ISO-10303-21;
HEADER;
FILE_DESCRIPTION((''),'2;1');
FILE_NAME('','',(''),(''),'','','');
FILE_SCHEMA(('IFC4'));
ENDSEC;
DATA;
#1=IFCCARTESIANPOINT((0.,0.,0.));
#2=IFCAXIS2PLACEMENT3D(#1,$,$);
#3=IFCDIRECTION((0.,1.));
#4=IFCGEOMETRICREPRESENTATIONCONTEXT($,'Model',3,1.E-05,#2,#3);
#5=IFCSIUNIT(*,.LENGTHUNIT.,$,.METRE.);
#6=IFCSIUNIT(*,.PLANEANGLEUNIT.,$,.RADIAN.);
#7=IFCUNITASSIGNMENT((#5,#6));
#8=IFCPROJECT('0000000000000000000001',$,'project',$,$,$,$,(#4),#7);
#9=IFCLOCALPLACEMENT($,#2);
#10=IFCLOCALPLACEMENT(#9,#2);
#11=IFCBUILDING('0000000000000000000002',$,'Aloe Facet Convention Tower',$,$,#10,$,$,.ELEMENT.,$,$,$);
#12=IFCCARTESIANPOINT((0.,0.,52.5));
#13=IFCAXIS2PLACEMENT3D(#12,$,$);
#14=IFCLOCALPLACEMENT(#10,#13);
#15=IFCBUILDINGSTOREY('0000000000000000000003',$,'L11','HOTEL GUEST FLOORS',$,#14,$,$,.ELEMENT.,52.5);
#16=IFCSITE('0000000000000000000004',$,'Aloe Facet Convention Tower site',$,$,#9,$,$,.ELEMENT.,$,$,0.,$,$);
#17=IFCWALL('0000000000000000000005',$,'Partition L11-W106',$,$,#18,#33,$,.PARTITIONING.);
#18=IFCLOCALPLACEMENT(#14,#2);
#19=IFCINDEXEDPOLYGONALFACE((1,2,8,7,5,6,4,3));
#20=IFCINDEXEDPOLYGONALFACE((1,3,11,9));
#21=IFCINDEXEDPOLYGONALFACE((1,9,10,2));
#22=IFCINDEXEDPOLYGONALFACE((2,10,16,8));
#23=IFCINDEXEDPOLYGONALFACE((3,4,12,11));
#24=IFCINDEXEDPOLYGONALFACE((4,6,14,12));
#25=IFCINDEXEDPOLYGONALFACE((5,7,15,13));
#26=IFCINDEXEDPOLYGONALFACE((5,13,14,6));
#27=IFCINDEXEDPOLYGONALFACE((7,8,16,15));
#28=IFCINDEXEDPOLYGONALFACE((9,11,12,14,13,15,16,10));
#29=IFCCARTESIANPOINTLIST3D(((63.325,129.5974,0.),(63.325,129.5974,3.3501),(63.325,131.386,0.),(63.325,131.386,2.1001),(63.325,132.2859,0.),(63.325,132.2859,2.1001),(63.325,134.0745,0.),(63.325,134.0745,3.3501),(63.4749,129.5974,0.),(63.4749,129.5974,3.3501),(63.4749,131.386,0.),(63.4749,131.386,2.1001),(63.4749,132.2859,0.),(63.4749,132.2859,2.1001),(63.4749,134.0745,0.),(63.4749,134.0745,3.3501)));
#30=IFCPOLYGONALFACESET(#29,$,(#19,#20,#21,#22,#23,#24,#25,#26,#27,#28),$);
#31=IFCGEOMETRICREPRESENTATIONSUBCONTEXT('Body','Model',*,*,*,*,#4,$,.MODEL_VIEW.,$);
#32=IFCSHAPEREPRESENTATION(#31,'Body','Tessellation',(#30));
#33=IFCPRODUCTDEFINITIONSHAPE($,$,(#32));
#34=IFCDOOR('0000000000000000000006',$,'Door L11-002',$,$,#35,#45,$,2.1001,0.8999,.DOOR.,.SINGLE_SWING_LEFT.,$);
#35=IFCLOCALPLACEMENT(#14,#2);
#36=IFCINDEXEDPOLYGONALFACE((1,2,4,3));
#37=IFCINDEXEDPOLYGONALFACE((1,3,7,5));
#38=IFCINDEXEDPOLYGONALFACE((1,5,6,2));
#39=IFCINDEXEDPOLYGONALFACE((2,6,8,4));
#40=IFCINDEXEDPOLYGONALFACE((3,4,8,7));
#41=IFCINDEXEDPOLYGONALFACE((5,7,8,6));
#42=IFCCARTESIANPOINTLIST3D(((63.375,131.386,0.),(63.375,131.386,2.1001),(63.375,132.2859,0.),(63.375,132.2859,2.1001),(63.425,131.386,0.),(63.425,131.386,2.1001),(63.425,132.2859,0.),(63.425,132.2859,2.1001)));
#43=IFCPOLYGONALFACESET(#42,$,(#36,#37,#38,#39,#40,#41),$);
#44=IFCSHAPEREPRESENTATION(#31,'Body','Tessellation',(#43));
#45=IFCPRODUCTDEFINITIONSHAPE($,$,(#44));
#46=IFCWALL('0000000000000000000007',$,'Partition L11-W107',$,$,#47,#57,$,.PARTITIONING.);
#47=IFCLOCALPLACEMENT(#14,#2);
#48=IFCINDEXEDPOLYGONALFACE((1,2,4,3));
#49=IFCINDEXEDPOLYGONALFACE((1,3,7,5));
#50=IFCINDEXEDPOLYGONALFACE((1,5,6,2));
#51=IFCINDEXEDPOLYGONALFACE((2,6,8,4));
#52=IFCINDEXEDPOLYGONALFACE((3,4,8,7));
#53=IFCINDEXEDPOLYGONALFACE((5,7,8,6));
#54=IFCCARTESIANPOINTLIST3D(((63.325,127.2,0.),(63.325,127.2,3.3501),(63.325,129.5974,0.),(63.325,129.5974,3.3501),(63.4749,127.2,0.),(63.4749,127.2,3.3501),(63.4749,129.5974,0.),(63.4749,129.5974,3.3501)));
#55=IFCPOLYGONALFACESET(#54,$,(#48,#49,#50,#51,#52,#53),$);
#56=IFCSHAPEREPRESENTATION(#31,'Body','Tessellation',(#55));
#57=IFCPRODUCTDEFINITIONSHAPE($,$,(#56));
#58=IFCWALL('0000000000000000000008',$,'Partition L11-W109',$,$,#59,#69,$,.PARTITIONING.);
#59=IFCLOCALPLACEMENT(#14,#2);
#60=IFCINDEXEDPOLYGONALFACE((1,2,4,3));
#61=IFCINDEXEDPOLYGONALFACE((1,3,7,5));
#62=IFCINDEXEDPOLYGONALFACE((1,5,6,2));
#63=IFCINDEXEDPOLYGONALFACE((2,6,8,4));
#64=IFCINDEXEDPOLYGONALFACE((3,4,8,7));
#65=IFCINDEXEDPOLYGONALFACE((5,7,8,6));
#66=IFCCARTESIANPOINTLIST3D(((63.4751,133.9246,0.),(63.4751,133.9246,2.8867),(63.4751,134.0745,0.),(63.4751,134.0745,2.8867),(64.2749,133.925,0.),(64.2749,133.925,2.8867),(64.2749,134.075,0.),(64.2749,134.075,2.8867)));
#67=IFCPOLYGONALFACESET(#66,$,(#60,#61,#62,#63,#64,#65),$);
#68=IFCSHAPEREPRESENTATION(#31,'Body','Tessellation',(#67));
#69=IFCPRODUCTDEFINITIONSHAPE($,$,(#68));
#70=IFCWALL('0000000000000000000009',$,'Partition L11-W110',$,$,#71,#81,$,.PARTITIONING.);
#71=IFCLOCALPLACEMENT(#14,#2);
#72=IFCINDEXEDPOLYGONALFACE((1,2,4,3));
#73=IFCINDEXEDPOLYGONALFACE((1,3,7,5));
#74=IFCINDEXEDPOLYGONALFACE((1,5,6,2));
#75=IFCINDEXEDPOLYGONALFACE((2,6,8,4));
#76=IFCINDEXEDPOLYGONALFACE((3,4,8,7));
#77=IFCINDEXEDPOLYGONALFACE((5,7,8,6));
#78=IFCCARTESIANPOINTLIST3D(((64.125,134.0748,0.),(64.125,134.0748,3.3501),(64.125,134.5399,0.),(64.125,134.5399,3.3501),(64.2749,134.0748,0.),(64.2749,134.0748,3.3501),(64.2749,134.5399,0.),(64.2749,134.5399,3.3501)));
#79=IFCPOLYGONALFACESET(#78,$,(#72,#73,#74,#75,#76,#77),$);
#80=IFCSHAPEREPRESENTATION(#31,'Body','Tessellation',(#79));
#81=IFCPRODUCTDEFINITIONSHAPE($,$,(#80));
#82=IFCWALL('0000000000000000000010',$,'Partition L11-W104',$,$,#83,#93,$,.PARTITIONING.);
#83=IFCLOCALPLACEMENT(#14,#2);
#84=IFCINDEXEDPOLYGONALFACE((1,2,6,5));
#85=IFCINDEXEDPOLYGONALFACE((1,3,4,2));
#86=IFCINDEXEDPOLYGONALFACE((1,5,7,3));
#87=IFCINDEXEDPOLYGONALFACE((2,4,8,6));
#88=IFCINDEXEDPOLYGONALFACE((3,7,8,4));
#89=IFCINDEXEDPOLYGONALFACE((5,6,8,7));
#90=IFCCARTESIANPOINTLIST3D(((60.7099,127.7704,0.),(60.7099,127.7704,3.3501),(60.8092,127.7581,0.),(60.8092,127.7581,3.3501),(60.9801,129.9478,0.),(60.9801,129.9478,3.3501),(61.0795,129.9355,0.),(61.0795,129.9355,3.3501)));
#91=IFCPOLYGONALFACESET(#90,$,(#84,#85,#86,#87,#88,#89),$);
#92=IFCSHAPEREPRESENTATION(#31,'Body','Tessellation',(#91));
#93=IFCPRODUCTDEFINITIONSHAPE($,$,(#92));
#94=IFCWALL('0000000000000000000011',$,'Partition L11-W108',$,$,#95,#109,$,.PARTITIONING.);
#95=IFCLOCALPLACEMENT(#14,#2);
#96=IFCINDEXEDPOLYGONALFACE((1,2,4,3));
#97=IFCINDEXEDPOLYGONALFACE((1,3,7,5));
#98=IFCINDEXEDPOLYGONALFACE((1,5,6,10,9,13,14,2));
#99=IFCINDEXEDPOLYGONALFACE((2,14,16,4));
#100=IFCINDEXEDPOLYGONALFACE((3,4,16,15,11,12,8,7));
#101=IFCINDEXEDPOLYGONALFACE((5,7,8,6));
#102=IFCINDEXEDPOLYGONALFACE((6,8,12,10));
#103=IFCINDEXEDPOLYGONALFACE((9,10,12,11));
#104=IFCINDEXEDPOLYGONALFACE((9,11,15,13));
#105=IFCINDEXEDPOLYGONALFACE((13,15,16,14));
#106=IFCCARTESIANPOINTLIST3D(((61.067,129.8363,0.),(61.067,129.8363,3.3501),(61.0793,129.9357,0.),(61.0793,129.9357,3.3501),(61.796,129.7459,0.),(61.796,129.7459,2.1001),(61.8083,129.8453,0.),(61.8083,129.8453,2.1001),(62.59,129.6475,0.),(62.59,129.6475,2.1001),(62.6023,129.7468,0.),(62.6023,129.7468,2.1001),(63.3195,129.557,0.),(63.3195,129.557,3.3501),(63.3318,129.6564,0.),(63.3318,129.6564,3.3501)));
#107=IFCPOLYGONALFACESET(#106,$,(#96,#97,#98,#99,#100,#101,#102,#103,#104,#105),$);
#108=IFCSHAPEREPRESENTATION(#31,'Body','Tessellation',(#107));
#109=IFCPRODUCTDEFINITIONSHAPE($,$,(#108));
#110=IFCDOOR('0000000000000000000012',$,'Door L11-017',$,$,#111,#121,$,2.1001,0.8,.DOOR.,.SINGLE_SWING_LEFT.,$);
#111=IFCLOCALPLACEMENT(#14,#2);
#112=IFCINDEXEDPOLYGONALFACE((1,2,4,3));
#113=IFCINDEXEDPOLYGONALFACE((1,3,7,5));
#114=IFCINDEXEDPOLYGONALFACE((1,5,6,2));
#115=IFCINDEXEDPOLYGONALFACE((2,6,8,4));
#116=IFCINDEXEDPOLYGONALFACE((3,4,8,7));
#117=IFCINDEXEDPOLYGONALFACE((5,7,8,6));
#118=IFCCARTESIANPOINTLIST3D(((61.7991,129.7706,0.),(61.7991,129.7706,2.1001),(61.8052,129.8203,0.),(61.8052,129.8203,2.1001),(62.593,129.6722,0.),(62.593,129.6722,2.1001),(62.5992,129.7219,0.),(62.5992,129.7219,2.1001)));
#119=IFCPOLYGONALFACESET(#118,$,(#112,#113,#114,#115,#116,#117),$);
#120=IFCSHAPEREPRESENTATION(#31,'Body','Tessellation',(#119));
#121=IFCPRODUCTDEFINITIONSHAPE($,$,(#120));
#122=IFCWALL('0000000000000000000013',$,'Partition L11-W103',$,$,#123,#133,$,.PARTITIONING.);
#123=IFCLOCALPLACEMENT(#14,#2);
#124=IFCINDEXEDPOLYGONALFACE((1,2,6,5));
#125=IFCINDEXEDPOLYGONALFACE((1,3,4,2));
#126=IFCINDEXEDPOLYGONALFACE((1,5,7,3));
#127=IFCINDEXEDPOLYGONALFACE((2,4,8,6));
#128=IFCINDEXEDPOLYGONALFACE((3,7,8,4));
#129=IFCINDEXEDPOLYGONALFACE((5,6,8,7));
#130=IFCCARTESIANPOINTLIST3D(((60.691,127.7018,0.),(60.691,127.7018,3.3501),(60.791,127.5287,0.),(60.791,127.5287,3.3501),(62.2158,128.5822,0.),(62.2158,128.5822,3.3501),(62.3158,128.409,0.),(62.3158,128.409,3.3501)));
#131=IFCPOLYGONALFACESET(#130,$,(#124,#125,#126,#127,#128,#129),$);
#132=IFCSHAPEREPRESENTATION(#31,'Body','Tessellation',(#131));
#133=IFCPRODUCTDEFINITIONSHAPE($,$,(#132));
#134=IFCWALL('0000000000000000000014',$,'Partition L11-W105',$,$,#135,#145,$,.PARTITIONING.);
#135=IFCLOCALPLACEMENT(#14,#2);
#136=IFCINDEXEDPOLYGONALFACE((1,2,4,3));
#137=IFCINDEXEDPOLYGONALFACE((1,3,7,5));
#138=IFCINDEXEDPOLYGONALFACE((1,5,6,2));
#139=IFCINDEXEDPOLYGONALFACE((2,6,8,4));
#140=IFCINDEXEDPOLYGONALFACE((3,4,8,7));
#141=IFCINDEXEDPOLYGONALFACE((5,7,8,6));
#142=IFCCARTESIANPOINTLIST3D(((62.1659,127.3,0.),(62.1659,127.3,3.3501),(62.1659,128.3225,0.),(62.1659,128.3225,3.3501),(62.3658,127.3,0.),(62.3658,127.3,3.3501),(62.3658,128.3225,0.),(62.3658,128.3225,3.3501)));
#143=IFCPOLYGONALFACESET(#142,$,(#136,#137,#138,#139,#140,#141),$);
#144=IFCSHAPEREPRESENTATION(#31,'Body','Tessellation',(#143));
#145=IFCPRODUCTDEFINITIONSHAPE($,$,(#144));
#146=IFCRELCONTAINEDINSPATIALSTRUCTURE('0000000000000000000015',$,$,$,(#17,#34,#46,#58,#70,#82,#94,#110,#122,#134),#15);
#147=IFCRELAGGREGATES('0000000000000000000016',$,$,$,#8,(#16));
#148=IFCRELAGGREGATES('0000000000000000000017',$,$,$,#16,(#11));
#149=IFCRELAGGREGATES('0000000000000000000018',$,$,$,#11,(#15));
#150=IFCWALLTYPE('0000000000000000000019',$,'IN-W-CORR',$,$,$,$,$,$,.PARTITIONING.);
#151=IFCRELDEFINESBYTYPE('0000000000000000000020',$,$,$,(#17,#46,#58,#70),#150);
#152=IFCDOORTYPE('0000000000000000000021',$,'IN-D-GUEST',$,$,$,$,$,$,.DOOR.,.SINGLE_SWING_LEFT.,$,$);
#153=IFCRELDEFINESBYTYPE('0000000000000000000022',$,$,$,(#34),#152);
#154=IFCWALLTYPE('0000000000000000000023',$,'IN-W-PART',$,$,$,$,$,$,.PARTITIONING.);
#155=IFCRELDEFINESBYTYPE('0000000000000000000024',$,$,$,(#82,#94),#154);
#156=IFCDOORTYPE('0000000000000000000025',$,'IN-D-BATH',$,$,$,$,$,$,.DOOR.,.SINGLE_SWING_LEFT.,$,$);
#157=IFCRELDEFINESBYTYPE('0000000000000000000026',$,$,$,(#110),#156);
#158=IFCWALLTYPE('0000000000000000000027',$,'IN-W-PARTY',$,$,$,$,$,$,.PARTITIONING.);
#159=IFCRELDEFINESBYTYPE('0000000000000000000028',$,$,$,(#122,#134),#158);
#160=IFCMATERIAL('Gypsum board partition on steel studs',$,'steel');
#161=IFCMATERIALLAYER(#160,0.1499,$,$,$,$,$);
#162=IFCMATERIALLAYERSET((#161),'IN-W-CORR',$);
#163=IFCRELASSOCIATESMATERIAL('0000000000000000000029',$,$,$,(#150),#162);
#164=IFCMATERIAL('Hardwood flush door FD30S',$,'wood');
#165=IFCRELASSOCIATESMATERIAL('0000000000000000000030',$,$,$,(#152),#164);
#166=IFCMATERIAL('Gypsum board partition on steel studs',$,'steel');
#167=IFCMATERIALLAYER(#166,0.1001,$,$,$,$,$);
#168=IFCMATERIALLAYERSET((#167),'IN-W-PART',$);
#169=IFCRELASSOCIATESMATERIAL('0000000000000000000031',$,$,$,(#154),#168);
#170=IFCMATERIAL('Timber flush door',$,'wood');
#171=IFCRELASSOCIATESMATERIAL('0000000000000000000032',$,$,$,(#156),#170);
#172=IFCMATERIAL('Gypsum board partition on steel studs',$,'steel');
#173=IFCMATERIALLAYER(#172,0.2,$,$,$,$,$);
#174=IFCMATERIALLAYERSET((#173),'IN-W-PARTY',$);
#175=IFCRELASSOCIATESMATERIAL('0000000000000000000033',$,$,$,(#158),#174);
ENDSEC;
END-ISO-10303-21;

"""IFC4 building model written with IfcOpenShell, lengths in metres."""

from ifc_helpers import new_model, si_unit, direction, frame, frame_2d, origin, place, context, subcontext, project, spatial, rectangle, extrude, material, layer, layer_set, type_object, element, fill, save


model = new_model("IFC4")

# Units and contexts
model_context = context("Model", 3, precision=1e-05, world=origin(), true_north=direction((0.0, 1.0)))
body_context = subcontext(model_context, "Body", "Model", "MODEL_VIEW")
ifc_project = project(units=[si_unit("LENGTHUNIT", "METRE"), si_unit("PLANEANGLEUNIT", "RADIAN")], contexts=[model_context])

# Site, building, storey
site_placement = place(None, origin())
site = spatial("IfcSite", under=ifc_project, at=site_placement, Name="Aloe Facet Convention Tower site", CompositionType="ELEMENT", RefElevation=0.0)
building_placement = place(site_placement, origin())
building = spatial("IfcBuilding", under=site, at=building_placement, Name="Aloe Facet Convention Tower", CompositionType="ELEMENT")
storey_placement = place(building_placement, frame((0.0, 0.0, 52.5)))
storey = spatial("IfcBuildingStorey", under=building, at=storey_placement, Name="L11", Description="HOTEL GUEST FLOORS", CompositionType="ELEMENT", Elevation=52.5)

# Wall, opening, door
ifc_material_1 = material(Name="Gypsum board partition on steel studs", Category="steel")
ifc_layer_1 = layer(ifc_material_1, 0.1499)
ifc_layer_set_1 = layer_set([ifc_layer_1], Name="IN-W-CORR")
wall_type_1 = type_object("IfcWallType", Name="IN-W-CORR", PredefinedType="PARTITIONING", material=ifc_layer_set_1)
wall_1_placement = place(storey_placement, frame((63.3999, 129.5974, 0.0), z_axis=(0.0, 0.0, 1.0), x_axis=(0.0, 1.0, 0.0)))
wall_1 = element("IfcWall", 1, at=wall_1_placement, inside=storey, type_object=wall_type_1, Name="Partition L11-W106", PredefinedType="PARTITIONING", context=body_context, shape_type="SweptSolid", body=[
    extrude(rectangle(XDim=4.4771, YDim=0.1499, at=frame_2d((2.2385, 0.0))), origin(), (0.0, 0.0, 1.0), 3.3501),
])
opening_1_placement = place(wall_1_placement, frame((1.7886, 0.0, 0.0)))
opening_1 = element("IfcOpeningElement", 2, at=opening_1_placement, cuts=wall_1, PredefinedType="OPENING", context=body_context, shape_type="SweptSolid", body=[
    extrude(rectangle(XDim=0.8999, YDim=2.1001, at=frame_2d((0.45, 1.05))), frame((0.0, 0.085, 0.0), z_axis=(0.0, -1.0, 0.0), x_axis=(1.0, 0.0, 0.0)), (0.0, 0.0, 1.0), 0.1699),
])
ifc_material_2 = material(Name="Hardwood flush door FD30S", Category="wood")
door_type_1 = type_object("IfcDoorType", Name="IN-D-GUEST", OperationType="SINGLE_SWING_LEFT", PredefinedType="DOOR", material=ifc_material_2)
door_1_placement = place(opening_1_placement, origin())
door_1 = element("IfcDoor", 3, at=door_1_placement, inside=storey, type_object=door_type_1, Name="Door L11-002", OperationType="SINGLE_SWING_LEFT", OverallHeight=2.1001, OverallWidth=0.8999, PredefinedType="DOOR", context=body_context, shape_type="SweptSolid", body=[
    extrude(rectangle(XDim=0.8999, YDim=2.1001, at=frame_2d((0.45, 1.05))), frame((0.0, 0.0249, 0.0), z_axis=(0.0, -1.0, 0.0), x_axis=(1.0, 0.0, 0.0)), (0.0, 0.0, 1.0), 0.05),
])
fill(opening_1, door_1)

# Walls
wall_2_placement = place(storey_placement, frame((63.3999, 127.2, 0.0), z_axis=(0.0, 0.0, 1.0), x_axis=(0.0, 1.0, 0.0)))
element("IfcWall", 4, at=wall_2_placement, inside=storey, type_object=wall_type_1, Name="Partition L11-W107", PredefinedType="PARTITIONING", context=body_context, shape_type="SweptSolid", body=[
    extrude(rectangle(XDim=2.3975, YDim=0.1499, at=frame_2d((1.1987, 0.0))), origin(), (0.0, 0.0, 1.0), 3.3501),
])
wall_3_placement = place(storey_placement, frame((63.4751, 133.9995, 0.0), z_axis=(0.0, 0.0, 1.0), x_axis=(1.0, 0.000611, 0.0)))
element("IfcWall", 5, at=wall_3_placement, inside=storey, type_object=wall_type_1, Name="Partition L11-W109", PredefinedType="PARTITIONING", context=body_context, shape_type="SweptSolid", body=[
    extrude(rectangle(XDim=0.7998, YDim=0.1499, at=frame_2d((0.3999, 0.0))), origin(), (0.0, 0.0, 1.0), 2.8867),
])
wall_4_placement = place(storey_placement, frame((64.2, 134.075, 0.0), z_axis=(0.0, 0.0, 1.0), x_axis=(0.0, 1.0, 0.0)))
element("IfcWall", 6, at=wall_4_placement, inside=storey, type_object=wall_type_1, Name="Partition L11-W110", PredefinedType="PARTITIONING", context=body_context, shape_type="SweptSolid", body=[
    extrude(rectangle(XDim=0.4651, YDim=0.1499, at=frame_2d((0.2324, 0.0))), origin(), (0.0, 0.0, 1.0), 3.3501),
])
ifc_material_3 = material(Name="Gypsum board partition on steel studs", Category="steel")
ifc_layer_2 = layer(ifc_material_3, 0.1001)
ifc_layer_set_2 = layer_set([ifc_layer_2], Name="IN-W-PART")
wall_type_2 = type_object("IfcWallType", Name="IN-W-PART", PredefinedType="PARTITIONING", material=ifc_layer_set_2)
wall_5_placement = place(storey_placement, frame((60.7595, 127.7642, 0.0), z_axis=(0.0, 0.0, 1.0), x_axis=(0.123172, 0.992385, 0.0)))
element("IfcWall", 7, at=wall_5_placement, inside=storey, type_object=wall_type_2, Name="Partition L11-W104", PredefinedType="PARTITIONING", context=body_context, shape_type="SweptSolid", body=[
    extrude(rectangle(XDim=2.1941, YDim=0.1001, at=frame_2d((1.0972, 0.0))), origin(), (0.0, 0.0, 1.0), 3.3501),
])

# Wall, opening, door
wall_6_placement = place(storey_placement, frame((61.0732, 129.886, 0.0), z_axis=(0.0, 0.0, 1.0), x_axis=(0.9924, -0.123055, 0.0)))
wall_6 = element("IfcWall", 8, at=wall_6_placement, inside=storey, type_object=wall_type_2, Name="Partition L11-W108", PredefinedType="PARTITIONING", context=body_context, shape_type="SweptSolid", body=[
    extrude(rectangle(XDim=2.2698, YDim=0.1001, at=frame_2d((1.1348, 0.0))), origin(), (0.0, 0.0, 1.0), 3.3501),
])
opening_2_placement = place(wall_6_placement, frame((0.7346, 0.0, 0.0)))
opening_2 = element("IfcOpeningElement", 9, at=opening_2_placement, cuts=wall_6, PredefinedType="OPENING", context=body_context, shape_type="SweptSolid", body=[
    extrude(rectangle(XDim=0.8, YDim=2.1001, at=frame_2d((0.3999, 1.05))), frame((0.0, 0.0601, 0.0), z_axis=(0.0, -1.0, 0.0), x_axis=(1.0, 0.0, 0.0)), (0.0, 0.0, 1.0), 0.1201),
])
ifc_material_4 = material(Name="Timber flush door", Category="wood")
door_type_2 = type_object("IfcDoorType", Name="IN-D-BATH", OperationType="SINGLE_SWING_LEFT", PredefinedType="DOOR", material=ifc_material_4)
door_2_placement = place(opening_2_placement, origin())
door_2 = element("IfcDoor", 10, at=door_2_placement, inside=storey, type_object=door_type_2, Name="Door L11-017", OperationType="SINGLE_SWING_LEFT", OverallHeight=2.1001, OverallWidth=0.8, PredefinedType="DOOR", context=body_context, shape_type="SweptSolid", body=[
    extrude(rectangle(XDim=0.8, YDim=2.1001, at=frame_2d((0.3999, 1.05))), frame((0.0, 0.0249, 0.0), z_axis=(0.0, -1.0, 0.0), x_axis=(1.0, 0.0, 0.0)), (0.0, 0.0, 1.0), 0.05),
])
fill(opening_2, door_2)

# Walls
ifc_material_5 = material(Name="Gypsum board partition on steel studs", Category="steel")
ifc_layer_3 = layer(ifc_material_5, 0.2)
ifc_layer_set_3 = layer_set([ifc_layer_3], Name="IN-W-PARTY")
wall_type_3 = type_object("IfcWallType", Name="IN-W-PARTY", PredefinedType="PARTITIONING", material=ifc_layer_set_3)
wall_7_placement = place(storey_placement, frame((60.741, 127.6152, 0.0), z_axis=(0.0, 0.0, 1.0), x_axis=(0.866033, 0.499987, 0.0)))
element("IfcWall", 11, at=wall_7_placement, inside=storey, type_object=wall_type_3, Name="Partition L11-W103", PredefinedType="PARTITIONING", context=body_context, shape_type="SweptSolid", body=[
    extrude(rectangle(XDim=1.7607, YDim=0.2, at=frame_2d((0.8804, 0.0))), origin(), (0.0, 0.0, 1.0), 3.3501),
])
wall_8_placement = place(storey_placement, frame((62.2659, 127.3, 0.0), z_axis=(0.0, 0.0, 1.0), x_axis=(0.0, 1.0, 0.0)))
element("IfcWall", 12, at=wall_8_placement, inside=storey, type_object=wall_type_3, Name="Partition L11-W105", PredefinedType="PARTITIONING", context=body_context, shape_type="SweptSolid", body=[
    extrude(rectangle(XDim=1.0225, YDim=0.2, at=frame_2d((0.5112, 0.0))), origin(), (0.0, 0.0, 1.0), 3.3501),
])

save(model, "model.ifc")
